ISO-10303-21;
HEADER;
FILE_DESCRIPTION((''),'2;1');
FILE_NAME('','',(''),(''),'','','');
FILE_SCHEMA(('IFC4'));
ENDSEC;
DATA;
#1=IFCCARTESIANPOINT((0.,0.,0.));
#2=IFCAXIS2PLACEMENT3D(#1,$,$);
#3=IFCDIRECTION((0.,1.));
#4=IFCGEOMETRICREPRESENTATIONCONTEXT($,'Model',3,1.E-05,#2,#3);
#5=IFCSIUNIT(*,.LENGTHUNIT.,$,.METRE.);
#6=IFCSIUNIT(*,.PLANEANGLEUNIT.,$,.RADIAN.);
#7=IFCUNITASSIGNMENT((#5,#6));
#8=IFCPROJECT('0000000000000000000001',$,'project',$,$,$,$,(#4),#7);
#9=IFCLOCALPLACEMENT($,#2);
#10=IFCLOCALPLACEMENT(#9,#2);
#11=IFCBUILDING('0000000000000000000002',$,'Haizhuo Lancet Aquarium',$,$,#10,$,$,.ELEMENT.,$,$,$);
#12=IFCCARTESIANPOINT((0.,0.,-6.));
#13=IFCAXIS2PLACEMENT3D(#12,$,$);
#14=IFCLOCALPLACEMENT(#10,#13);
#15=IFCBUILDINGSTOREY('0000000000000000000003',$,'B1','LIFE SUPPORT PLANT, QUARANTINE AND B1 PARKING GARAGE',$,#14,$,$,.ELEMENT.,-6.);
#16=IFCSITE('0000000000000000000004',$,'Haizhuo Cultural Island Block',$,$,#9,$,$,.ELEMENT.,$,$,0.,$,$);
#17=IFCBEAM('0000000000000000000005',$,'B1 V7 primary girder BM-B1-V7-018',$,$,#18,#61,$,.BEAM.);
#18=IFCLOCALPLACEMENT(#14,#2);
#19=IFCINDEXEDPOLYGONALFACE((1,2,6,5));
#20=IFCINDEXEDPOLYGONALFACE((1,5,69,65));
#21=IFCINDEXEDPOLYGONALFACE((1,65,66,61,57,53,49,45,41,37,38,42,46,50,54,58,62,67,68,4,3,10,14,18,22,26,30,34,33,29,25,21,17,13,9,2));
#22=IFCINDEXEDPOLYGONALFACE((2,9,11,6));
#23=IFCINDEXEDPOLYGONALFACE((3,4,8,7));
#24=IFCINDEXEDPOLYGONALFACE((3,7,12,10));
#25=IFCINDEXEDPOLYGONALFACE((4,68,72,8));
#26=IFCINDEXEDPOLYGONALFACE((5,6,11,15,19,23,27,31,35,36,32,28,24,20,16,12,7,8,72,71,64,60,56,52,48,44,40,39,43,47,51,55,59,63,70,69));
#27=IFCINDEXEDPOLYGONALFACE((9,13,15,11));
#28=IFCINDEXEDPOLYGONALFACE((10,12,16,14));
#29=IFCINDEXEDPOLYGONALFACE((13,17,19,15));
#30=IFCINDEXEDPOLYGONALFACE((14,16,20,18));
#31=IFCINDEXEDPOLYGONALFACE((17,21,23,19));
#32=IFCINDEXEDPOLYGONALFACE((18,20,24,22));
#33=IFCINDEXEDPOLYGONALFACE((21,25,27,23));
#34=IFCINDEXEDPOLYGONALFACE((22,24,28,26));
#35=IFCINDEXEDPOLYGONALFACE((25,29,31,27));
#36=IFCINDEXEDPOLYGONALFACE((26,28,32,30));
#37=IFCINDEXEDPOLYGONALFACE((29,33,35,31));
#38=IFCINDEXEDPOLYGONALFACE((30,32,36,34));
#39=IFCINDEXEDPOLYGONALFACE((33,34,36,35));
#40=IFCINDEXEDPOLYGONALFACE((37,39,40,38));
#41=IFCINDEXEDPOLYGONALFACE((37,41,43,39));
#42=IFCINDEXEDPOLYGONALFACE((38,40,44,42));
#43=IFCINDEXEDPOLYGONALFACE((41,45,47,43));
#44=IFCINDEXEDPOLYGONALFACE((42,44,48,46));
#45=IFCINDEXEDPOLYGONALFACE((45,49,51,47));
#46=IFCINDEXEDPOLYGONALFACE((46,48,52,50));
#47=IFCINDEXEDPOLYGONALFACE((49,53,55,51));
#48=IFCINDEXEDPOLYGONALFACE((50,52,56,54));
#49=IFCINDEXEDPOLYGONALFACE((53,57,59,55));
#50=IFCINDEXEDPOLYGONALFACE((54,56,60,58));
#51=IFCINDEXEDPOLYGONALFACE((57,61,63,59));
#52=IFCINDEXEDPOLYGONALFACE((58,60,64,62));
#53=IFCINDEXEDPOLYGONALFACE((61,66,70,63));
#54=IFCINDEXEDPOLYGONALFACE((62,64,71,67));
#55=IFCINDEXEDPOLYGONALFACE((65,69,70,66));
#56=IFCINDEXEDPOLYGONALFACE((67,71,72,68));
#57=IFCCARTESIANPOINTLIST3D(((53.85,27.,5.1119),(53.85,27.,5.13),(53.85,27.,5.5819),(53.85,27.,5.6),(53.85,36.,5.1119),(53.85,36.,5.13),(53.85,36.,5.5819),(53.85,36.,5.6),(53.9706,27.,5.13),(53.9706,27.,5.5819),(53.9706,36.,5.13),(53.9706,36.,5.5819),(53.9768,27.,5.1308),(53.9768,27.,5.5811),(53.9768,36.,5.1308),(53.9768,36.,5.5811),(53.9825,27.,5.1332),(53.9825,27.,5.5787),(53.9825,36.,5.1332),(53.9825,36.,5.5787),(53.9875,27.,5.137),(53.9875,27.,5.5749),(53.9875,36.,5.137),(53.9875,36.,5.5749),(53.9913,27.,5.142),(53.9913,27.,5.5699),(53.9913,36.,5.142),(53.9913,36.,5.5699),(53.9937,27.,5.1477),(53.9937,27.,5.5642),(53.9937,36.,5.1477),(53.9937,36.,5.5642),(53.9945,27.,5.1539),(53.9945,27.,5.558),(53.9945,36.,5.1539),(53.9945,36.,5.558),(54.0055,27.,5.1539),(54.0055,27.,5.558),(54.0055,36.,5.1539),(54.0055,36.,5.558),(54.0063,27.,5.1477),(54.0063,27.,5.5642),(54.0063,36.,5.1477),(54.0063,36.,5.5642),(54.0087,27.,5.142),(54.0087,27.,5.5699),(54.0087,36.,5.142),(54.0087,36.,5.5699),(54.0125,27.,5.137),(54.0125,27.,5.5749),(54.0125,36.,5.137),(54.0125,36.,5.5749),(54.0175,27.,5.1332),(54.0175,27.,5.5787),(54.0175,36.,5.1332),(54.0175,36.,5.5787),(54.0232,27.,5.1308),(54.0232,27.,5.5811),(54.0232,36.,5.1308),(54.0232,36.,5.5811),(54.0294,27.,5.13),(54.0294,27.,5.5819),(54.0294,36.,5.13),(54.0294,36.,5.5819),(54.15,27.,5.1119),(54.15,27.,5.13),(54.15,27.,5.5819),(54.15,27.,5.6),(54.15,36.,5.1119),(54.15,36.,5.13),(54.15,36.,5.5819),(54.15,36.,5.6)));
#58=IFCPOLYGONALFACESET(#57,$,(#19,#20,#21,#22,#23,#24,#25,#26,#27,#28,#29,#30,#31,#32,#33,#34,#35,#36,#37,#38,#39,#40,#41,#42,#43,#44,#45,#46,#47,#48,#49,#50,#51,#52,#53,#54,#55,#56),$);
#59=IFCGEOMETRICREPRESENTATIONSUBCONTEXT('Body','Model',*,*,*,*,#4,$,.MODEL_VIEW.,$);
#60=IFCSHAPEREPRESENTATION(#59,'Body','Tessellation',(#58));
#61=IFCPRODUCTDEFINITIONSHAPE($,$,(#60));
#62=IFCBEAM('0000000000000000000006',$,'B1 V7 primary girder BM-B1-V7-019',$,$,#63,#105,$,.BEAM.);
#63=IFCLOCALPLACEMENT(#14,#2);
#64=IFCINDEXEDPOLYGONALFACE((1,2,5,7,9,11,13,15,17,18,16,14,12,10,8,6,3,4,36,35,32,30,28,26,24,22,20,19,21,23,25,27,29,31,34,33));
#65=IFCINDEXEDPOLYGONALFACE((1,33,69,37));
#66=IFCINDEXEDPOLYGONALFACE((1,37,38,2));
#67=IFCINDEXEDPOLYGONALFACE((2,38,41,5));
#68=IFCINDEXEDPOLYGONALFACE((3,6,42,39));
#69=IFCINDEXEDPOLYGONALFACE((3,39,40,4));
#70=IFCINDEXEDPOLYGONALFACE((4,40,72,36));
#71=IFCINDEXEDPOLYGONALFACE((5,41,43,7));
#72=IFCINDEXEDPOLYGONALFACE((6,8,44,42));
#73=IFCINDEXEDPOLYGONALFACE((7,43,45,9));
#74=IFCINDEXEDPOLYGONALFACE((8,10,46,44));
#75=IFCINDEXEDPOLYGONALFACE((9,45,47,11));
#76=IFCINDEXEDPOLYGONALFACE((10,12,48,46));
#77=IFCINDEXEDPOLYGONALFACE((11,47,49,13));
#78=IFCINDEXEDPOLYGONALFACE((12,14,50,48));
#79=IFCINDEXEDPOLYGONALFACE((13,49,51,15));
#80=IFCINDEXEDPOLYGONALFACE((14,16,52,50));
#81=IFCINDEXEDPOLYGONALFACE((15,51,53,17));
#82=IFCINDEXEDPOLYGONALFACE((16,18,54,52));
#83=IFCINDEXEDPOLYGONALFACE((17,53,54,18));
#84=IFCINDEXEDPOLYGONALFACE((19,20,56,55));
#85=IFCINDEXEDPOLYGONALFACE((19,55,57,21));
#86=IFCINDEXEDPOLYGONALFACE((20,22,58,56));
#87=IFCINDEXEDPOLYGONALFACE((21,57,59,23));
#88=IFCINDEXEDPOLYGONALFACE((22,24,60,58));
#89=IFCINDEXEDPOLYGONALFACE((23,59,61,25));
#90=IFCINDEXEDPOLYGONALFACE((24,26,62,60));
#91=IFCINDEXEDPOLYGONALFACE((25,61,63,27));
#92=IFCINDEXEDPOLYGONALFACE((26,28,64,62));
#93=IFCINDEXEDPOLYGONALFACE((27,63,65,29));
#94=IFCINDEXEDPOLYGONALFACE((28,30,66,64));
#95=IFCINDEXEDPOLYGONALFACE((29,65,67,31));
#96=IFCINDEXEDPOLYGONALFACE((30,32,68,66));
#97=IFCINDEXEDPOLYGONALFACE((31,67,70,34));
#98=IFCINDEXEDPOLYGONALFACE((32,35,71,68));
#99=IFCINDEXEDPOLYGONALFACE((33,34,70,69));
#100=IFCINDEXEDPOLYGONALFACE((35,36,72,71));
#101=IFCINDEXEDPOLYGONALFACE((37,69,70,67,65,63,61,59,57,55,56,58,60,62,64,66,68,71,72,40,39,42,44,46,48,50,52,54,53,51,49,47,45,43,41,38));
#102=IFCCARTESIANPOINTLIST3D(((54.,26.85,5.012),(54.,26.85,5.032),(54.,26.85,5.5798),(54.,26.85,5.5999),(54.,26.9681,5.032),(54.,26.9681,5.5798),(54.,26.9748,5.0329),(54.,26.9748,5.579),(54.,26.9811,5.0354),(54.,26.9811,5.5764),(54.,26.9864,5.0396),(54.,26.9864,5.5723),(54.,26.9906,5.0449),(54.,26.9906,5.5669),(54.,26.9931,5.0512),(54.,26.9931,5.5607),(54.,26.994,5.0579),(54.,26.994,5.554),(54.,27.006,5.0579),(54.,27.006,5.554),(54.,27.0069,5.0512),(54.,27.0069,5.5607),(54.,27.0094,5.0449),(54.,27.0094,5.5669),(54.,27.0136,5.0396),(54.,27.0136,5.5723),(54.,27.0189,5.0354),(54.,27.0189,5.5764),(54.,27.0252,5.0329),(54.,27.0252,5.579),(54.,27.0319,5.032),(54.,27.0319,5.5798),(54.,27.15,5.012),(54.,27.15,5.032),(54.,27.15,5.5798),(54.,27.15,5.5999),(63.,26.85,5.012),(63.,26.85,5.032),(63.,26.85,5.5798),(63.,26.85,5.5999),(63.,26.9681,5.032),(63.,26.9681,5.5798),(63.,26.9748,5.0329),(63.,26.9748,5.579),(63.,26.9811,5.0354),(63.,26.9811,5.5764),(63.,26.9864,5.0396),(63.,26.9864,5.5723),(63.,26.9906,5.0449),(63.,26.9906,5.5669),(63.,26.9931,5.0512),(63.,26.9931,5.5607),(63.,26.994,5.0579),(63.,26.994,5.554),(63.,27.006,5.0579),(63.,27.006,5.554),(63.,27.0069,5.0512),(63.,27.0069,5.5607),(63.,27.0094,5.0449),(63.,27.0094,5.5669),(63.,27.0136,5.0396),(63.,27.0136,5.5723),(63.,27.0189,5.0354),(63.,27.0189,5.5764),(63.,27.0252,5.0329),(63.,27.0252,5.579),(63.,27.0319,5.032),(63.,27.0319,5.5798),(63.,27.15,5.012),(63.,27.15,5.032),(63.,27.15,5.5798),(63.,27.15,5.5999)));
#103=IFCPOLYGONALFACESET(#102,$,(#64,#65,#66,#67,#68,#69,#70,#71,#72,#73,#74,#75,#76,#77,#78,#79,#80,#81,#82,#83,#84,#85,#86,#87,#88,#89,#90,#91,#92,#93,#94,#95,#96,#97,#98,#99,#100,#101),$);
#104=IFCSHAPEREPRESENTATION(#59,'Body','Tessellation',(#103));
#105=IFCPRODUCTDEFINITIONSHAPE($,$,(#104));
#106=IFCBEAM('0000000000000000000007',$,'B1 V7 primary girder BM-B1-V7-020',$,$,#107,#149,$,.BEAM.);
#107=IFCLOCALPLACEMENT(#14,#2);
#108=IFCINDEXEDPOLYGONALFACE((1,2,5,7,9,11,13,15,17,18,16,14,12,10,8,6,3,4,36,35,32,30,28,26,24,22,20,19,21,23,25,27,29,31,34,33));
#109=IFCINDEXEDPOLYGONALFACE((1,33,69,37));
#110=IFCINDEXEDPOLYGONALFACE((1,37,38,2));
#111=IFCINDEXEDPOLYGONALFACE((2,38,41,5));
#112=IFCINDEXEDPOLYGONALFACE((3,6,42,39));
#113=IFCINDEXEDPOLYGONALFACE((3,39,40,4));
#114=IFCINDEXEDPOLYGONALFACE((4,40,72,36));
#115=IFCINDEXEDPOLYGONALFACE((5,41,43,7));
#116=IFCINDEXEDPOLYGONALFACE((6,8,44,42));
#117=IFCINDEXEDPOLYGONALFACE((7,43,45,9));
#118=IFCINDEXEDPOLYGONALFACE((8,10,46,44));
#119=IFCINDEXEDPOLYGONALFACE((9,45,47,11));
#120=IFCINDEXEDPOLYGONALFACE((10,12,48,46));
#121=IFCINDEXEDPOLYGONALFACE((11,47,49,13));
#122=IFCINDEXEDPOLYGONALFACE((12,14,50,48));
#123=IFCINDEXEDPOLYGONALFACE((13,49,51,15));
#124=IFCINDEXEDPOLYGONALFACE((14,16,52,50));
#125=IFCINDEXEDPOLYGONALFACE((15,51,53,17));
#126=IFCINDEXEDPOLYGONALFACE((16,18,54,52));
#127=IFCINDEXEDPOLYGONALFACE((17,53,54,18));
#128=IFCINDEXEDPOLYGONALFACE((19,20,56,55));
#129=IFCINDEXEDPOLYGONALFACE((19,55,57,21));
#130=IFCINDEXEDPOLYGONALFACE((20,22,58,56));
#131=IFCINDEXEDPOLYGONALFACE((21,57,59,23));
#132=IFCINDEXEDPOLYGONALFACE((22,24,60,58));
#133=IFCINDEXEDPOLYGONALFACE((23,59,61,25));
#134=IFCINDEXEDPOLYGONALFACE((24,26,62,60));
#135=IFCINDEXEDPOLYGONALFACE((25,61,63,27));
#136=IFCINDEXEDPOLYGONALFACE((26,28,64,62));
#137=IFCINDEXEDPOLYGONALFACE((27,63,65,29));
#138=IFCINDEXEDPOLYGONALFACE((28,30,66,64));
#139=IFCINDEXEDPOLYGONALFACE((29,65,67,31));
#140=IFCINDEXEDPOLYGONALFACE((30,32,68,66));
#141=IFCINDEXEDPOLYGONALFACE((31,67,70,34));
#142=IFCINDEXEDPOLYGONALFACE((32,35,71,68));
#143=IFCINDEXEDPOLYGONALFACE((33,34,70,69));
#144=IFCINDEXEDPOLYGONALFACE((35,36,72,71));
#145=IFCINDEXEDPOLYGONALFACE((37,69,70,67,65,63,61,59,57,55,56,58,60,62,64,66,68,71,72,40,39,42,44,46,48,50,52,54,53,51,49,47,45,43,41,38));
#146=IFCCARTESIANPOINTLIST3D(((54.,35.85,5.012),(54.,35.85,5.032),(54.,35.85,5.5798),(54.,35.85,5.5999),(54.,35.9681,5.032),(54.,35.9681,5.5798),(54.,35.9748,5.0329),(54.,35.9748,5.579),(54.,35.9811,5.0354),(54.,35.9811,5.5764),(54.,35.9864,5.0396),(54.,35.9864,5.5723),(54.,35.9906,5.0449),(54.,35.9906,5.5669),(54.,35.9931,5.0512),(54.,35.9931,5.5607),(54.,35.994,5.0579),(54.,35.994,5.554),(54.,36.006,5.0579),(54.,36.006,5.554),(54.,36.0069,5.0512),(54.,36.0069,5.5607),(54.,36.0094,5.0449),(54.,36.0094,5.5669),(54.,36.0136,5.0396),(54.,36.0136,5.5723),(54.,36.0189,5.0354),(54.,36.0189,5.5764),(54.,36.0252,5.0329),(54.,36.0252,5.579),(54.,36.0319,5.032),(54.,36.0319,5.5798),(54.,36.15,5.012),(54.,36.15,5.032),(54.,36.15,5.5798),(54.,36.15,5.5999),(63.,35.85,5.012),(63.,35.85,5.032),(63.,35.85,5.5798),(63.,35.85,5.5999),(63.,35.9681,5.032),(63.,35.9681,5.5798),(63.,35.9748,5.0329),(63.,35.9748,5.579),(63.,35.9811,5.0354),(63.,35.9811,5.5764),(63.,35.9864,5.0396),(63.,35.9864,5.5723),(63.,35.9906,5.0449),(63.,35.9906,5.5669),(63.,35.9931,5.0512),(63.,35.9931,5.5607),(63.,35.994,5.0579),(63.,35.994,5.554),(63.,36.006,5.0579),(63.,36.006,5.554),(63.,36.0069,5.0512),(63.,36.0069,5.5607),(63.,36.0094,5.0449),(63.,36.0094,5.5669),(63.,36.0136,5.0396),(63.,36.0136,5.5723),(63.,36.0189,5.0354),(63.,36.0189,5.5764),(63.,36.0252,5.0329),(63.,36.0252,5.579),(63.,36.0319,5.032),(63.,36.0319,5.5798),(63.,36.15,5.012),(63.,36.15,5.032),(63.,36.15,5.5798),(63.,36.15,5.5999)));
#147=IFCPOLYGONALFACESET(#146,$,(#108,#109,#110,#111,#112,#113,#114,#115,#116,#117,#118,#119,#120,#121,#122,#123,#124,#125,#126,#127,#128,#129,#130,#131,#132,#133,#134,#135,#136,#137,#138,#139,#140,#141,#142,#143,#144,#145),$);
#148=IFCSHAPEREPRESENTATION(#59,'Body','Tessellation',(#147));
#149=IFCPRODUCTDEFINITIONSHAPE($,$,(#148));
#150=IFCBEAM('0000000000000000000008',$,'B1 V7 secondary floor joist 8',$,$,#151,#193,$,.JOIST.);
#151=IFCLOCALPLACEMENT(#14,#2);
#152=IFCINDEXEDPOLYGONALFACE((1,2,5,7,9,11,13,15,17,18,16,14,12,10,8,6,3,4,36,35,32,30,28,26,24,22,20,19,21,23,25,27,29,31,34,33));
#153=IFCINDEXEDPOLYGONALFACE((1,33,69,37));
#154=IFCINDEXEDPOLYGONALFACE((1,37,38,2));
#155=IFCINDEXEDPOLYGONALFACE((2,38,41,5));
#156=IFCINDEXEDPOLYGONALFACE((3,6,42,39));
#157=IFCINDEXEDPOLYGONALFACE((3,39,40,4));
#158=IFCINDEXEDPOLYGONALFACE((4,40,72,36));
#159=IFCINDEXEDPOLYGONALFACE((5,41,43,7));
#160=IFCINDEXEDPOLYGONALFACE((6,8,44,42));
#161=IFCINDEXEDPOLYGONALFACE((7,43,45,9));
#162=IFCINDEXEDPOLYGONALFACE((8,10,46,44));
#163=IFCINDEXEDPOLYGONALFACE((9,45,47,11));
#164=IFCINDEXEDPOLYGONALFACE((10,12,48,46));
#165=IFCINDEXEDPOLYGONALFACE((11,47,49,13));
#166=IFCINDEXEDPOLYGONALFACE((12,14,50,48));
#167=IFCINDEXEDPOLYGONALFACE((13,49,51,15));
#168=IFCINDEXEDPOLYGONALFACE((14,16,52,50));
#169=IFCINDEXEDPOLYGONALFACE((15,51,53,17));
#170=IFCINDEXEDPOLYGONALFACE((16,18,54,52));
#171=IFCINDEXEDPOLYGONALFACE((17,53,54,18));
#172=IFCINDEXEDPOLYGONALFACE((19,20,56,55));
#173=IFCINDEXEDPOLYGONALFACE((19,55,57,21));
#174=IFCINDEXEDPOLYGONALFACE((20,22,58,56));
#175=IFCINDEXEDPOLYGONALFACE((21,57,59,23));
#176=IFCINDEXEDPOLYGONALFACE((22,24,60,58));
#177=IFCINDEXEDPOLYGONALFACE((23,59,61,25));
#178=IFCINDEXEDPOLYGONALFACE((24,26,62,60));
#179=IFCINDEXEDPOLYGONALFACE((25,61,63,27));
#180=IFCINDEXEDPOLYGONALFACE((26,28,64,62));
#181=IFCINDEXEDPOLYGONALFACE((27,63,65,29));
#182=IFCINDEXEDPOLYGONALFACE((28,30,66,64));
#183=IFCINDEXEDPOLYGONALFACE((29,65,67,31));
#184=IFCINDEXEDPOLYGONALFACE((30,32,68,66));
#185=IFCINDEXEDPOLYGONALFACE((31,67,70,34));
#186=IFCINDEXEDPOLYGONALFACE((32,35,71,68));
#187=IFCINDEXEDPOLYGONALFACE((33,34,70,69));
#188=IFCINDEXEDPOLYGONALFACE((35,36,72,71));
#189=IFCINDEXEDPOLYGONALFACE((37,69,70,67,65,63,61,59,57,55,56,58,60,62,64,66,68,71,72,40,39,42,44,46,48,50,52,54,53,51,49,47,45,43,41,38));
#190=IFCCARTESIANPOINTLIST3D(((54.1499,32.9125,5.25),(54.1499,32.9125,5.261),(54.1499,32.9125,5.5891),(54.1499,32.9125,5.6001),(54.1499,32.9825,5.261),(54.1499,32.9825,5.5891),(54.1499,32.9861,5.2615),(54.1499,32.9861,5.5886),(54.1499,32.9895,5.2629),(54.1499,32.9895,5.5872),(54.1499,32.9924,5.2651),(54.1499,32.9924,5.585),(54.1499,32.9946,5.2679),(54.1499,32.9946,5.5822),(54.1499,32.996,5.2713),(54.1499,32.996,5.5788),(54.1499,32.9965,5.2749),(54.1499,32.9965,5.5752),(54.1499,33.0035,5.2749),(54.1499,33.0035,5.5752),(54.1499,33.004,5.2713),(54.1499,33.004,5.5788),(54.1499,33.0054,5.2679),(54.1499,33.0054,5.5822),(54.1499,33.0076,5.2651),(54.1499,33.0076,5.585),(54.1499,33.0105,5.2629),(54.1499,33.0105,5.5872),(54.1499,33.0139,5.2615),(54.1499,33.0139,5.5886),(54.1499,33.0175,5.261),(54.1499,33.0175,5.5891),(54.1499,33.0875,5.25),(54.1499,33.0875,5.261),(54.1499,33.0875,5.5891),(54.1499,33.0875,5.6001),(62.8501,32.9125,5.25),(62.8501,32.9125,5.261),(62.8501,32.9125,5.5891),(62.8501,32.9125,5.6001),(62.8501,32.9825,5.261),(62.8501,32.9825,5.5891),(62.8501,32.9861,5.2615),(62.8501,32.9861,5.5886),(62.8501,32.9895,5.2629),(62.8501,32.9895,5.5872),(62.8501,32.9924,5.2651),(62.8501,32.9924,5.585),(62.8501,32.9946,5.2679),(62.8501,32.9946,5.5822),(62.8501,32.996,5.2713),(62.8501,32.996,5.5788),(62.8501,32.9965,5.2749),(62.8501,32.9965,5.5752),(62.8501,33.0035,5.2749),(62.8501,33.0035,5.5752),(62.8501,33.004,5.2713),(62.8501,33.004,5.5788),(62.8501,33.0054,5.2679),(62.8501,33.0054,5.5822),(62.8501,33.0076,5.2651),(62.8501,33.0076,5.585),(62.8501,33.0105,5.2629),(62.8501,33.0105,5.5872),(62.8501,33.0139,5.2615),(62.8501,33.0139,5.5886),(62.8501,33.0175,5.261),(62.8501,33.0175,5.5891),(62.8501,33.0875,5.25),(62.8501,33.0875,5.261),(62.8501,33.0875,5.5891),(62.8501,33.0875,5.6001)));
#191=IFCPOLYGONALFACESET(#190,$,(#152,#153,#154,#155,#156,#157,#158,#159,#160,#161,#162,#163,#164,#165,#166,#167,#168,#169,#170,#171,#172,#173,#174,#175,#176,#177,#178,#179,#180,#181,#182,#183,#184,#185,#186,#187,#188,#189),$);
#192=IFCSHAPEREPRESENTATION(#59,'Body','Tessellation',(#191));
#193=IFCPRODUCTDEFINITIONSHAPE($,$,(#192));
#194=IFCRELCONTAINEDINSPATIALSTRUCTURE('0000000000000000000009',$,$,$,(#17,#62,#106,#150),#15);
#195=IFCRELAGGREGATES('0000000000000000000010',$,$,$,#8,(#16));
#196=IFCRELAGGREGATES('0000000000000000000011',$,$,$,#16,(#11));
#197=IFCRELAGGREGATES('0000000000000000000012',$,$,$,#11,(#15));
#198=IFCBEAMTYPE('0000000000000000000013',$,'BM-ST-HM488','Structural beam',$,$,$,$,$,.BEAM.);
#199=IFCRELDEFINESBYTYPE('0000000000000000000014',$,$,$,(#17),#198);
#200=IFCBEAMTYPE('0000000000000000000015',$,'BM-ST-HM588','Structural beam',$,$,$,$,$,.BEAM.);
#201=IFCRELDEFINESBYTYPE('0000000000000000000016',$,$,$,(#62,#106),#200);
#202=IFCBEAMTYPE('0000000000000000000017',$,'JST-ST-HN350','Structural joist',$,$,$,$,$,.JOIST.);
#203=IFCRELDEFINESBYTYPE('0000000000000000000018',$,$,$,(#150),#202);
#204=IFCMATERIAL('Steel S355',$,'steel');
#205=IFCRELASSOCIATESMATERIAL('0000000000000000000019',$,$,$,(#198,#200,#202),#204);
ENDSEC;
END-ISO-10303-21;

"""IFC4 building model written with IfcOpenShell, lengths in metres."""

from ifc_helpers import new_model, si_unit, direction, frame, origin, origin_2d, place, context, subcontext, project, spatial, i_section, extrude, material, material_profile, profile_set, type_object, element, save


model = new_model("IFC4")

# Units and contexts
model_context = context("Model", 3, precision=1e-05, world=origin(), true_north=direction((0.0, 1.0)))
body_context = subcontext(model_context, "Body", "Model", "MODEL_VIEW")
ifc_project = project(units=[si_unit("LENGTHUNIT", "METRE"), si_unit("PLANEANGLEUNIT", "RADIAN")], contexts=[model_context])

# Site, building, storey
site_placement = place(None, origin())
site = spatial("IfcSite", under=ifc_project, at=site_placement, Name="Haizhuo Cultural Island Block", CompositionType="ELEMENT", RefElevation=0.0)
building_placement = place(site_placement, origin())
building = spatial("IfcBuilding", under=site, at=building_placement, Name="Haizhuo Lancet Aquarium", CompositionType="ELEMENT")
storey_placement = place(building_placement, frame((0.0, 0.0, -6.0)))
storey = spatial("IfcBuildingStorey", under=building, at=storey_placement, Name="B1", Description="LIFE SUPPORT PLANT, QUARANTINE AND B1 PARKING GARAGE", CompositionType="ELEMENT", Elevation=-6.0)

# Shared definitions
ifc_material_1 = material(Name="Steel S355", Category="steel")

# Beams
ifc_material_profile_1 = material_profile(ifc_material_1, i_section(OverallWidth=0.3, OverallDepth=0.488, WebThickness=0.011, FlangeThickness=0.0181, FilletRadius=0.0239, at=origin_2d()), Name="HM 488x300x11x18")
ifc_profile_set_1 = profile_set([ifc_material_profile_1], Name="Steel S355")
beam_type_1 = type_object("IfcBeamType", Name="BM-ST-HM488", Description="Structural beam", PredefinedType="BEAM", material=ifc_profile_set_1)
beam_1_placement = place(storey_placement, frame((54.0, 27.0, 5.356), z_axis=(0.0, 1.0, 0.0), x_axis=(-1.0, 0.0, 0.0)))
element("IfcBeam", 1, at=beam_1_placement, inside=storey, type_object=beam_type_1, Name="B1 V7 primary girder BM-B1-V7-018", PredefinedType="BEAM", context=body_context, shape_type="SweptSolid", body=[
    extrude(i_section(OverallWidth=0.3, OverallDepth=0.488, WebThickness=0.011, FlangeThickness=0.0181, FilletRadius=0.0239, at=origin_2d()), origin(), (0.0, 0.0, 1.0), 9.0),
])
ifc_material_profile_2 = material_profile(ifc_material_1, i_section(OverallWidth=0.3, OverallDepth=0.5879, WebThickness=0.012, FlangeThickness=0.02, FilletRadius=0.0259, at=origin_2d()), Name="HM 588x300x12x20")
ifc_profile_set_2 = profile_set([ifc_material_profile_2], Name="Steel S355")
beam_type_2 = type_object("IfcBeamType", Name="BM-ST-HM588", Description="Structural beam", PredefinedType="BEAM", material=ifc_profile_set_2)
for number, where, z_axis, x_axis, name in (
    (2, (54.0, 27.0, 5.3059), (1.0, 0.0, 0.0), (0.0, 1.0, 0.0), "B1 V7 primary girder BM-B1-V7-019"),
    (3, (54.0, 36.0, 5.3059), (1.0, 0.0, 0.0), (0.0, 1.0, 0.0), "B1 V7 primary girder BM-B1-V7-020"),
):
    element("IfcBeam", number, at=place(storey_placement, frame(where, z_axis=z_axis, x_axis=x_axis)), inside=storey, type_object=beam_type_2, Name=name, PredefinedType="BEAM", context=body_context, shape_type="SweptSolid", body=[
        extrude(i_section(OverallWidth=0.3, OverallDepth=0.5879, WebThickness=0.012, FlangeThickness=0.02, FilletRadius=0.0259, at=origin_2d()), origin(), (0.0, 0.0, 1.0), 9.0),
    ])
ifc_material_profile_3 = material_profile(ifc_material_1, i_section(OverallWidth=0.175, OverallDepth=0.3501, WebThickness=0.0071, FlangeThickness=0.011, FilletRadius=0.0139, at=origin_2d()), Name="HN 350x175x7x11")
ifc_profile_set_3 = profile_set([ifc_material_profile_3], Name="Steel S355")
beam_type_3 = type_object("IfcBeamType", Name="JST-ST-HN350", Description="Structural joist", PredefinedType="JOIST", material=ifc_profile_set_3)
beam_2_placement = place(storey_placement, frame((54.1499, 33.0, 5.425), z_axis=(1.0, 0.0, 0.0), x_axis=(0.0, 1.0, 0.0)))
element("IfcBeam", 4, at=beam_2_placement, inside=storey, type_object=beam_type_3, Name="B1 V7 secondary floor joist 8", PredefinedType="JOIST", context=body_context, shape_type="SweptSolid", body=[
    extrude(i_section(OverallWidth=0.175, OverallDepth=0.3501, WebThickness=0.0071, FlangeThickness=0.011, FilletRadius=0.0139, at=origin_2d()), origin(), (0.0, 0.0, 1.0), 8.7002),
])

save(model, "model.ifc")
